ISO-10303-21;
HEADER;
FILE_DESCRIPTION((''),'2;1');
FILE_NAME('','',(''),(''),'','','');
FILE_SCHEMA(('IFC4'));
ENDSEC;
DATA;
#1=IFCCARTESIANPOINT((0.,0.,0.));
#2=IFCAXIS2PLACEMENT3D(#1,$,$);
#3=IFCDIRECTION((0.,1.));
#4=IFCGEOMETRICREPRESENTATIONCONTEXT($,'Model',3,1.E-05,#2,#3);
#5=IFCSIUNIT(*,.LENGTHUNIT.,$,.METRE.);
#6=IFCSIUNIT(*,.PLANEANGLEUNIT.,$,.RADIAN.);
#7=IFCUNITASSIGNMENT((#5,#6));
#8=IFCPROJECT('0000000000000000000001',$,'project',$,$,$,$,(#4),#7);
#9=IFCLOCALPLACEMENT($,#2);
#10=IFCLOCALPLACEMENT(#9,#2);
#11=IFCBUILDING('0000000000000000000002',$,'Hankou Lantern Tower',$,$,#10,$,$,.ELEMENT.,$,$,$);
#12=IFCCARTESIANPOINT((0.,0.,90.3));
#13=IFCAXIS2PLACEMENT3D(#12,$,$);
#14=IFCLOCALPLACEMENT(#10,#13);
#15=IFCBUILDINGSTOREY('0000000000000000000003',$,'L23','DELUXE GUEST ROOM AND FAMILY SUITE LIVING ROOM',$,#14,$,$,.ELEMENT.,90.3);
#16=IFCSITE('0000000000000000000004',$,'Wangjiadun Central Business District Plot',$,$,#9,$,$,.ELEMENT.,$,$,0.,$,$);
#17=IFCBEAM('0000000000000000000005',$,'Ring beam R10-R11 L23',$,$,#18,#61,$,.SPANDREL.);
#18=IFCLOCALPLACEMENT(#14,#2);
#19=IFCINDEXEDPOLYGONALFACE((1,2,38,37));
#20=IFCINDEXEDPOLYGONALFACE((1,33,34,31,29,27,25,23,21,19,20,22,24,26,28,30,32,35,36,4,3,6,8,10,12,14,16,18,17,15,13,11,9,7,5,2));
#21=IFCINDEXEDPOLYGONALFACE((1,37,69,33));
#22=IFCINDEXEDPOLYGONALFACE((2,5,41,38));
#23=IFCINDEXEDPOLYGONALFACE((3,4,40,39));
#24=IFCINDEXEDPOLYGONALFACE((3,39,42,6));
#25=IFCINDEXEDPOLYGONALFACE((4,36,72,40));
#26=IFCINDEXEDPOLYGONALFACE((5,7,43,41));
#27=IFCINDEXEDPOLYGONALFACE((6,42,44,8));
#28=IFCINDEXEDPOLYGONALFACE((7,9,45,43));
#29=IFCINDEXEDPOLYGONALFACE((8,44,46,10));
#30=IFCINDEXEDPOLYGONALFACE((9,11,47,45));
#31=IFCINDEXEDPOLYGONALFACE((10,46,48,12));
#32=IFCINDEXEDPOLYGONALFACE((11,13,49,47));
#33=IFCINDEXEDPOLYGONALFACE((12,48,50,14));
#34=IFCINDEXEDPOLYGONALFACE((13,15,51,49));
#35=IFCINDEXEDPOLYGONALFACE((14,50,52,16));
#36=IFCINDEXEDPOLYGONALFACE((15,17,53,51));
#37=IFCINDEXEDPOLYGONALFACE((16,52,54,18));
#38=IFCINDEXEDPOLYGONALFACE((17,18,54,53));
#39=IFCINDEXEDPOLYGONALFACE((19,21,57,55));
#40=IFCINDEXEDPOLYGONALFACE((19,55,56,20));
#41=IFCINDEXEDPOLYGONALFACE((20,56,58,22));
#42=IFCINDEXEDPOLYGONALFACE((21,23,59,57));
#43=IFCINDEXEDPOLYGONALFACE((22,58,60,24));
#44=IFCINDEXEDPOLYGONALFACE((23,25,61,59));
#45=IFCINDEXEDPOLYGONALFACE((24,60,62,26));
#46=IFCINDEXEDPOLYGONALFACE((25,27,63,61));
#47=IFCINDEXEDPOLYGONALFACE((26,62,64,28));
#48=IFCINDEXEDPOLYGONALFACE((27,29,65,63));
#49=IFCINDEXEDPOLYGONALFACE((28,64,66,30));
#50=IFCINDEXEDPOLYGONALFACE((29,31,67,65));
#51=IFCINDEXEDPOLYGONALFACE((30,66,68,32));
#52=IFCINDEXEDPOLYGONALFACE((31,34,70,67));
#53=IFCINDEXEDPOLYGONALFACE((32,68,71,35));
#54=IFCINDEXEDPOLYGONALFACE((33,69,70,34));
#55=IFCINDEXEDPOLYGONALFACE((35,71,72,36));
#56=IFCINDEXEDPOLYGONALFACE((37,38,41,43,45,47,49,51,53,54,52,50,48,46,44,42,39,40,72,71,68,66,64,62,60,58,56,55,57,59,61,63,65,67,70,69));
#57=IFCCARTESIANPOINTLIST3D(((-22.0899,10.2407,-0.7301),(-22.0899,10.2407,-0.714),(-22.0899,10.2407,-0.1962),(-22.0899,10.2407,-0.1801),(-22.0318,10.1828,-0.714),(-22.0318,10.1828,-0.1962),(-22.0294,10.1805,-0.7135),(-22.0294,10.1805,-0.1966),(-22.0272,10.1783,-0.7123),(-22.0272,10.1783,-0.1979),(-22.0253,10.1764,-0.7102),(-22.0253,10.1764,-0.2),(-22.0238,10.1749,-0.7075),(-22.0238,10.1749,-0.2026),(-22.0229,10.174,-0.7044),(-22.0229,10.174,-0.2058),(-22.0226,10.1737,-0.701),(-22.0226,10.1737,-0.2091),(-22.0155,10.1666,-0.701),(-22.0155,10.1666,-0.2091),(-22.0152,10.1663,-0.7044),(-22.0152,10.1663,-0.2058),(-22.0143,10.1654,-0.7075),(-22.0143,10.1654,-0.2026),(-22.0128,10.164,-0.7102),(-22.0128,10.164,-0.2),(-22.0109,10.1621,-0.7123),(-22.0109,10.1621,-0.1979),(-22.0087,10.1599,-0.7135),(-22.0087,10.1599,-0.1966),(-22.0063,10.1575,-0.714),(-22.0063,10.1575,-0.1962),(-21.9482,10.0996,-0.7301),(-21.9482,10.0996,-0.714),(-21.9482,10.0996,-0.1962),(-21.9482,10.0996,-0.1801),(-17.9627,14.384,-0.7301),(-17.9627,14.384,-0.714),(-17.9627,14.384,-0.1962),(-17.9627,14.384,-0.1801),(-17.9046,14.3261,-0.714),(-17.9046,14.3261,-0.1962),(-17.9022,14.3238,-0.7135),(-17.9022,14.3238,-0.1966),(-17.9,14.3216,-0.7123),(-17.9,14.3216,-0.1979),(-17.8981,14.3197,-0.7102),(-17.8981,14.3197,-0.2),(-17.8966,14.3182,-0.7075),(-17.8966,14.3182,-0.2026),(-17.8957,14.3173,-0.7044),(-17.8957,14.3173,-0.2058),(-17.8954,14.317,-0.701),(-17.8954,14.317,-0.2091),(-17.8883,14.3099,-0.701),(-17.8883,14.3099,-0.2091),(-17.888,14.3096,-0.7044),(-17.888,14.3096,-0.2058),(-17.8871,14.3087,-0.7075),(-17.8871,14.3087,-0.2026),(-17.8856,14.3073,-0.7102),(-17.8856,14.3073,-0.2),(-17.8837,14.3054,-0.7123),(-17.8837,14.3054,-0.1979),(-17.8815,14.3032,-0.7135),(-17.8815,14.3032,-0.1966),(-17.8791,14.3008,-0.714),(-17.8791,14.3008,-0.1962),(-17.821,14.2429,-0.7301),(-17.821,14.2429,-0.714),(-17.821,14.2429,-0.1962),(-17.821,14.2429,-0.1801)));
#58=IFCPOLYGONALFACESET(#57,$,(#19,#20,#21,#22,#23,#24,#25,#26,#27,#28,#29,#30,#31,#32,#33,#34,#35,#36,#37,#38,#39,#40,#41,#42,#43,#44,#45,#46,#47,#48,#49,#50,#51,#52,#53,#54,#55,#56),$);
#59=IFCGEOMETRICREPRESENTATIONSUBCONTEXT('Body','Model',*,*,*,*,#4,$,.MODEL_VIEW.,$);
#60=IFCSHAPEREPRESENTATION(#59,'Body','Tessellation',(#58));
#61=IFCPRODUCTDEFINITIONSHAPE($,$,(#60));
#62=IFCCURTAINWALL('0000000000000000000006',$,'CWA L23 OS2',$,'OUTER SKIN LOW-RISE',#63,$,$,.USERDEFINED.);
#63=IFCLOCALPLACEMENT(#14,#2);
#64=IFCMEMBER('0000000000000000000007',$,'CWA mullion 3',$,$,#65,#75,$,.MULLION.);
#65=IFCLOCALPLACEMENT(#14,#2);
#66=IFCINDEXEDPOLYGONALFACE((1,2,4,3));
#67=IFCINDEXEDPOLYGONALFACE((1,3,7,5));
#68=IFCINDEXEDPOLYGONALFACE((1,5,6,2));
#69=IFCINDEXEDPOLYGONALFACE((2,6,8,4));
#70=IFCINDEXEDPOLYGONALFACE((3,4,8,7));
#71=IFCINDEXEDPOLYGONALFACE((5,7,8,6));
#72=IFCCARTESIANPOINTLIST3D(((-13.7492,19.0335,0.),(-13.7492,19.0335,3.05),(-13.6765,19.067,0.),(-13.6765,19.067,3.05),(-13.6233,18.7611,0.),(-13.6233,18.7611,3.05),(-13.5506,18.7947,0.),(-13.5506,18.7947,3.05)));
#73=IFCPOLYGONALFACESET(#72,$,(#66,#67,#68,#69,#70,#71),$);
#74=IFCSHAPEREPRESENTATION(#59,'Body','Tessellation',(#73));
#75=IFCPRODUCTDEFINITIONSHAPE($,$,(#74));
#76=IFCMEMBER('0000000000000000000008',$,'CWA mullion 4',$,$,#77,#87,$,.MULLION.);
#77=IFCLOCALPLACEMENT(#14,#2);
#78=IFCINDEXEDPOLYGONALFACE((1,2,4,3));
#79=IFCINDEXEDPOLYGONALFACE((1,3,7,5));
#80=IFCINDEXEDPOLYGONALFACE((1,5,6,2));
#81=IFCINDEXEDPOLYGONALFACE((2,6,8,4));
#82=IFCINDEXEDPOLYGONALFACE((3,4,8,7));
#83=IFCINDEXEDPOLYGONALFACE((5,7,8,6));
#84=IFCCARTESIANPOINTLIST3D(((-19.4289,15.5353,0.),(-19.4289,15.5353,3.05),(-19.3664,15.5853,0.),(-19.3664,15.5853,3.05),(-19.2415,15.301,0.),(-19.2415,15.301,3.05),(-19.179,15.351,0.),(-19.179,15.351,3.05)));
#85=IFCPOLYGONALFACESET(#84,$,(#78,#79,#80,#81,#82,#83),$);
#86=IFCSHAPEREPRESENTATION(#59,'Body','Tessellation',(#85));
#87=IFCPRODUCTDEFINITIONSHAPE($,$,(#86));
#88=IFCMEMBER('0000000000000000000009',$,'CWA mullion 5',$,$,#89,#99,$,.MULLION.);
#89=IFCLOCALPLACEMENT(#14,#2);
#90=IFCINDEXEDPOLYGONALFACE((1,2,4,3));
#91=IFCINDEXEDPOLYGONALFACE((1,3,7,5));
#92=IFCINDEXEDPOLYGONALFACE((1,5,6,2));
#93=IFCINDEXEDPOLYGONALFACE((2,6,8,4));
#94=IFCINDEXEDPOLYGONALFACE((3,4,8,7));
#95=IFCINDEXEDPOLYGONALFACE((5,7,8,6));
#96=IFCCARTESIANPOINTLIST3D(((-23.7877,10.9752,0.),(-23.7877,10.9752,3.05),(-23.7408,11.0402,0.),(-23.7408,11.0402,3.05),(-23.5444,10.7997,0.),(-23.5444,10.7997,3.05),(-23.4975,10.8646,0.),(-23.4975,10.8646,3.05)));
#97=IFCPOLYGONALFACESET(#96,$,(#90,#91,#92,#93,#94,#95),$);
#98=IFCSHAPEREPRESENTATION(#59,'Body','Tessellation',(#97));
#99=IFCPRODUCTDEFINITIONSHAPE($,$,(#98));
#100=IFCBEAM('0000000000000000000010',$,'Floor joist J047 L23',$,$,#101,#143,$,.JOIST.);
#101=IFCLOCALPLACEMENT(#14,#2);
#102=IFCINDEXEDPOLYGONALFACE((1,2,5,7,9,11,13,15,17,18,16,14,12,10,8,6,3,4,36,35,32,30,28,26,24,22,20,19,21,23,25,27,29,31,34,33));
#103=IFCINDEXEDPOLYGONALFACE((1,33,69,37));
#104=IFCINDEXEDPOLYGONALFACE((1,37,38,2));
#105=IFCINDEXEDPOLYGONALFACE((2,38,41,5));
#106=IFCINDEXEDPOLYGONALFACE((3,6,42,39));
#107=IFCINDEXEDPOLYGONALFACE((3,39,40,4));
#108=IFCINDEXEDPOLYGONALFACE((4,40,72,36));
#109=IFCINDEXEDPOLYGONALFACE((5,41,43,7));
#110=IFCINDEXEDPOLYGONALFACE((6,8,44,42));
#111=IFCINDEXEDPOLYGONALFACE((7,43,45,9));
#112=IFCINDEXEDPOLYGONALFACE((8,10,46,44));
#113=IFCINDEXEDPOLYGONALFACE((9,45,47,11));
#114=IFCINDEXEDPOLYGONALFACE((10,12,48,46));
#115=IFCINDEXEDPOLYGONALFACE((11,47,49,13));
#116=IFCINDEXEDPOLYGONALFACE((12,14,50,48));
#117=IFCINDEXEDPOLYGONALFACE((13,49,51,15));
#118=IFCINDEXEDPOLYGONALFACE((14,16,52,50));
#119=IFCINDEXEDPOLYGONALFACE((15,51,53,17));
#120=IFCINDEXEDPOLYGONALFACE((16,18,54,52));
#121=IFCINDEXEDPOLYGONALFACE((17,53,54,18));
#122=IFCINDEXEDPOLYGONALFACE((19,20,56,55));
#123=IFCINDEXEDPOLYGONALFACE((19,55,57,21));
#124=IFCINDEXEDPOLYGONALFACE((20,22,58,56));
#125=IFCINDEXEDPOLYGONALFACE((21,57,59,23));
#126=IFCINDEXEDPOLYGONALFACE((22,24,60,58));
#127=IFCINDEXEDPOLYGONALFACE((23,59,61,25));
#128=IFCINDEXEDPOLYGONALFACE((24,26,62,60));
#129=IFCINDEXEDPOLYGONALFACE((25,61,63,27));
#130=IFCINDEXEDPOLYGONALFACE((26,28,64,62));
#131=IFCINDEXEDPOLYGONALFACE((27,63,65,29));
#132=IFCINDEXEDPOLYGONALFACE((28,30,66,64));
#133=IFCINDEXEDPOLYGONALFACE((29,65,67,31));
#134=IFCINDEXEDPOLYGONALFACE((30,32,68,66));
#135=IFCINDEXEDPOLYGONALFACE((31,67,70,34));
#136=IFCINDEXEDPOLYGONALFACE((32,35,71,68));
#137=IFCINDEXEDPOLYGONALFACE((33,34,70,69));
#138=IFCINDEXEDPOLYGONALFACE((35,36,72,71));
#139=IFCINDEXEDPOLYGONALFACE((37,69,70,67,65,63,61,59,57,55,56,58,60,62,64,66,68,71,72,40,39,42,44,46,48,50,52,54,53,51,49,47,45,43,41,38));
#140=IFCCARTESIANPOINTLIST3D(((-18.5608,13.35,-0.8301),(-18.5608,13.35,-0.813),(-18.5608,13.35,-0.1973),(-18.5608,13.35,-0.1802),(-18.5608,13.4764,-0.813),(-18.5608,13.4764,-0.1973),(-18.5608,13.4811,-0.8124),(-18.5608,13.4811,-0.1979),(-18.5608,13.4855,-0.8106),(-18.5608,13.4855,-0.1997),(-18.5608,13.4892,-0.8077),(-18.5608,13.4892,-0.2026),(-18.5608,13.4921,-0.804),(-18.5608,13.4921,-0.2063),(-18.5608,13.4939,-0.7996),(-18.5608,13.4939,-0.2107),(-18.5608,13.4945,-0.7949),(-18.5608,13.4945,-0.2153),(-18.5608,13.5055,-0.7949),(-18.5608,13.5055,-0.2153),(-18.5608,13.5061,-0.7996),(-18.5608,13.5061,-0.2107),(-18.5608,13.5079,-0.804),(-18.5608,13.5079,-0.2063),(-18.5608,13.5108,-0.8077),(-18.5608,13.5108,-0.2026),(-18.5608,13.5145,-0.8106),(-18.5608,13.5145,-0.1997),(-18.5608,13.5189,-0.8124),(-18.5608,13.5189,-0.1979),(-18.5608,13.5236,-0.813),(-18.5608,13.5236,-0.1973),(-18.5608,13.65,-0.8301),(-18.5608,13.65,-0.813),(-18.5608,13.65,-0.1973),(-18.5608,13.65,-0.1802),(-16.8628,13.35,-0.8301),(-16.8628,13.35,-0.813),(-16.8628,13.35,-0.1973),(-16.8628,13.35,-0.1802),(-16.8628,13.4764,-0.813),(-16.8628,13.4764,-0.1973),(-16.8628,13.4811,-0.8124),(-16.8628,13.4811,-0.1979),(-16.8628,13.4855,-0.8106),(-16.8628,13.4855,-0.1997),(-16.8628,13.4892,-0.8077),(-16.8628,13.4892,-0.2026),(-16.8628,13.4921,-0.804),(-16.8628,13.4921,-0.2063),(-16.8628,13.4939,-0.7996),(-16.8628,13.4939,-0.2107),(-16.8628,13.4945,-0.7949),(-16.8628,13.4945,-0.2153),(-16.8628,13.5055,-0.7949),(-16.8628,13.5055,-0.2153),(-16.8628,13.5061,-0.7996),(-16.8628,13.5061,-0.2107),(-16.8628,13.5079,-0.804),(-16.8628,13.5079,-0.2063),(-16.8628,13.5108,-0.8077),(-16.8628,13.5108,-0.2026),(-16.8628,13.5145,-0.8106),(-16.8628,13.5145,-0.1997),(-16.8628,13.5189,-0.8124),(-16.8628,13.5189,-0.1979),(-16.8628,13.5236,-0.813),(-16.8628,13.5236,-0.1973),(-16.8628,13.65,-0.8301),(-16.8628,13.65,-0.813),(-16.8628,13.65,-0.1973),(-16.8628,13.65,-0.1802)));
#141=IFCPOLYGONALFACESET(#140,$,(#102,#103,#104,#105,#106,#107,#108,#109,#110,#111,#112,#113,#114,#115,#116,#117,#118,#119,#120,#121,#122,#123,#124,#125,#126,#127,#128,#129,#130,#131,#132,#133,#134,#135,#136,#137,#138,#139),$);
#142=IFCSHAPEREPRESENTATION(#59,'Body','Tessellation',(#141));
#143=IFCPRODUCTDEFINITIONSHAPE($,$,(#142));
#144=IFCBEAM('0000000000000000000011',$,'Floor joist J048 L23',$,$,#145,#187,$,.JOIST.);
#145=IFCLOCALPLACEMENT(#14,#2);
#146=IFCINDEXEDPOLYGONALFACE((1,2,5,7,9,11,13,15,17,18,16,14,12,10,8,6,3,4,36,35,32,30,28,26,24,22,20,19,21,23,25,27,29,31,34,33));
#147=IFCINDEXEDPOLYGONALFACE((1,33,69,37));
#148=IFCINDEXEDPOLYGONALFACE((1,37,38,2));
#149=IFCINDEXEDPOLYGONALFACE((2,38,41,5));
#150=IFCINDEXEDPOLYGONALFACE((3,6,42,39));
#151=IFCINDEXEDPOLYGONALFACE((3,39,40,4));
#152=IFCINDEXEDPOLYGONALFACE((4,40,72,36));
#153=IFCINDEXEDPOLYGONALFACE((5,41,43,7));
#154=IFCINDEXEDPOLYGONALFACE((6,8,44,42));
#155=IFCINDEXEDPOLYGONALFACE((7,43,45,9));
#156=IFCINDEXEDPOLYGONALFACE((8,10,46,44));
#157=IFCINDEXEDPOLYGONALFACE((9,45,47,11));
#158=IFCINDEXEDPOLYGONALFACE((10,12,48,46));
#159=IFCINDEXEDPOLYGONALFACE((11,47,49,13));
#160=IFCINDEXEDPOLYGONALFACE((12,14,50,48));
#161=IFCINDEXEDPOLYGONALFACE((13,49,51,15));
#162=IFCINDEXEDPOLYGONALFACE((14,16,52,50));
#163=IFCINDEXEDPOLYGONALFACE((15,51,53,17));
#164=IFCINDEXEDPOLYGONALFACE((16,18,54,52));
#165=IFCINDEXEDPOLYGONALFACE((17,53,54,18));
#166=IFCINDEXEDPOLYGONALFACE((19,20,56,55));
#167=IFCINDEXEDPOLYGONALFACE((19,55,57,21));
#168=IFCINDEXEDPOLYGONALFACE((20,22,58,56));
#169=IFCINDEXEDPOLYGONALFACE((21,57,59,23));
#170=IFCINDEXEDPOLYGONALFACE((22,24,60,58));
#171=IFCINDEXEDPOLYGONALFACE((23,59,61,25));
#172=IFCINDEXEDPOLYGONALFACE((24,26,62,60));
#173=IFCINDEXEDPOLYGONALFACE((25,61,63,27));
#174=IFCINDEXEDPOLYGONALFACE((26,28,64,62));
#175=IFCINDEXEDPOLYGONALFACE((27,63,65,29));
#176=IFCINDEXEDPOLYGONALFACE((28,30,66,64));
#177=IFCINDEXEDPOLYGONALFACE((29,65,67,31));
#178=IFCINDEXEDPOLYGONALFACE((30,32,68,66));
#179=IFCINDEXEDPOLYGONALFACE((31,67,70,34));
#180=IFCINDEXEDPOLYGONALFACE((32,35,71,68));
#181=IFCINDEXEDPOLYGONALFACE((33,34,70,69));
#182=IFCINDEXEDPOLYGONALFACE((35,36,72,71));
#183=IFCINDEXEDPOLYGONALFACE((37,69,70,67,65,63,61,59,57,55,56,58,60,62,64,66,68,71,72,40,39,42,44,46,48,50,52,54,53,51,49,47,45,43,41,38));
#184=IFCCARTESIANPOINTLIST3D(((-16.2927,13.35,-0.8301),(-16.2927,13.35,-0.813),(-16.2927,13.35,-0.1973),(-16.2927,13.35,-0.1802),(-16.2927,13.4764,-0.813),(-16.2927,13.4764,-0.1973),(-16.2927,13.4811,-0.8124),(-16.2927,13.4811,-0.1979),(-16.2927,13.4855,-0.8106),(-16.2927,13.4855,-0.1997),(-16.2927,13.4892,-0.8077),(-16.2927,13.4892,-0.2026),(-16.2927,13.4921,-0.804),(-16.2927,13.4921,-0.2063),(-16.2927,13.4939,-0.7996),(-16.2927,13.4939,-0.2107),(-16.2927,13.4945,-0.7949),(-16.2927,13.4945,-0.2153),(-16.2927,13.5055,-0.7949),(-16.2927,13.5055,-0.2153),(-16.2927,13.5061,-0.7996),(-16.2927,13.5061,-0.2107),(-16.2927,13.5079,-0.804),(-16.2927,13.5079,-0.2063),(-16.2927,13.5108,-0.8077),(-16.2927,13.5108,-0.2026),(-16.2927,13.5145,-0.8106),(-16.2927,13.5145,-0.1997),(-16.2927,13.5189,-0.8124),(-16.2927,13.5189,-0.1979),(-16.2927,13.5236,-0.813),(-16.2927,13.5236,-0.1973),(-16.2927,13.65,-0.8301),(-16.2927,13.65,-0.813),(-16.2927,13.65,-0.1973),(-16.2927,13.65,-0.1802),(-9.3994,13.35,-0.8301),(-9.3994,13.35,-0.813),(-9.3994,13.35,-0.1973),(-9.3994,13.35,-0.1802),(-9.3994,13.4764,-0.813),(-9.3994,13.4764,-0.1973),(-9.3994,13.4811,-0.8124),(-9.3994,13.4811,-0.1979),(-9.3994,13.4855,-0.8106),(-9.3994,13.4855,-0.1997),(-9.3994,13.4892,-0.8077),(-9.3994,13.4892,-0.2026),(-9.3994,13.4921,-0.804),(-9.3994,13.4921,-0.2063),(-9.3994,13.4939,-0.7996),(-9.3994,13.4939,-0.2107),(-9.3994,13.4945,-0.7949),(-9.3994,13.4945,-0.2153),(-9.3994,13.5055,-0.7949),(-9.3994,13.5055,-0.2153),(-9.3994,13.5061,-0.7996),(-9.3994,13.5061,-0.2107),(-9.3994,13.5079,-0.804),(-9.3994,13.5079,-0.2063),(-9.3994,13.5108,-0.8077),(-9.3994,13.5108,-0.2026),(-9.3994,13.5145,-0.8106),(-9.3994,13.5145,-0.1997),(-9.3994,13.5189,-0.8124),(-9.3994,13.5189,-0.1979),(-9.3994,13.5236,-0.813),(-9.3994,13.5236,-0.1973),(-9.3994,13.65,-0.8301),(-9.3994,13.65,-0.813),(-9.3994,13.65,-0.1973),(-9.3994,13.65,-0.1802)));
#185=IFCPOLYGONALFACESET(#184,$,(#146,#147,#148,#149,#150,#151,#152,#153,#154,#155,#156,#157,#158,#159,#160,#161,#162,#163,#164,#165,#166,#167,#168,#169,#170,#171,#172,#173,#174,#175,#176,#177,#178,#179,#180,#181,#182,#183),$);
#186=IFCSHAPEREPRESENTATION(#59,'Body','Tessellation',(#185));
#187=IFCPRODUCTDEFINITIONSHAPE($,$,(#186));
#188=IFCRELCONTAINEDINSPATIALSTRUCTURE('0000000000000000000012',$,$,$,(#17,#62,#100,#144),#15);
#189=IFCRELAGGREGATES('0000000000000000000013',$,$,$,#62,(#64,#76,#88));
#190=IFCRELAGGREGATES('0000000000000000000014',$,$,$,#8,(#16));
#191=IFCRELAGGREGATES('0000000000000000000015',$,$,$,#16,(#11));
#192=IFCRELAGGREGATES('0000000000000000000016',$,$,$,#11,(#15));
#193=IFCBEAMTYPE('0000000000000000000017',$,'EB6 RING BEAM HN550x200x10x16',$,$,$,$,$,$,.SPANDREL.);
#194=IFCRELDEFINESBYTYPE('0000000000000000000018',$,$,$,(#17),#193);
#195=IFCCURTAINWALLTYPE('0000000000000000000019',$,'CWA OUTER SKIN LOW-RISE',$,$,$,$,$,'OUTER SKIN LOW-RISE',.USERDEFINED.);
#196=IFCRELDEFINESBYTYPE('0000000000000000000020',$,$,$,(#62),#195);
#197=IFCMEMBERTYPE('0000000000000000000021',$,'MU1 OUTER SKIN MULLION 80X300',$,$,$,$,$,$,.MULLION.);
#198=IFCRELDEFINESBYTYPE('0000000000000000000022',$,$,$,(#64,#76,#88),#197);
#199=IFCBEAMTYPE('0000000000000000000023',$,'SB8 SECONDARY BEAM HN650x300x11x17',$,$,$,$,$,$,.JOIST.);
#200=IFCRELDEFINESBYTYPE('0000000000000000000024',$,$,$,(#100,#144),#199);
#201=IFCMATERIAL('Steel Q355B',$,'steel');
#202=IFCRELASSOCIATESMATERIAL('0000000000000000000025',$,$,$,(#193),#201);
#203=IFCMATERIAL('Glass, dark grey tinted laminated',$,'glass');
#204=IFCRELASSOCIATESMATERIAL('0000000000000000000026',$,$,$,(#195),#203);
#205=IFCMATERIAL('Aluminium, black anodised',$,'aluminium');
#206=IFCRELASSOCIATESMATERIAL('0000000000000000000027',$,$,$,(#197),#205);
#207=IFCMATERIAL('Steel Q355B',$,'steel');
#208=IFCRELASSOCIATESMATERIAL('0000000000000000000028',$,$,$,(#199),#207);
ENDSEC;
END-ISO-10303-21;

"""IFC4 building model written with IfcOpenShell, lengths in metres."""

from ifc_helpers import new_model, si_unit, direction, frame, origin, origin_2d, place, context, subcontext, project, spatial, rectangle, i_section, extrude, material, material_profile, profile_set, type_object, element, aggregate, save


model = new_model("IFC4")

# Units and contexts
model_context = context("Model", 3, precision=1e-05, world=origin(), true_north=direction((0.0, 1.0)))
body_context = subcontext(model_context, "Body", "Model", "MODEL_VIEW")
ifc_project = project(units=[si_unit("LENGTHUNIT", "METRE"), si_unit("PLANEANGLEUNIT", "RADIAN")], contexts=[model_context])

# Site, building, storey
site_placement = place(None, origin())
site = spatial("IfcSite", under=ifc_project, at=site_placement, Name="Wangjiadun Central Business District Plot", CompositionType="ELEMENT", RefElevation=0.0)
building_placement = place(site_placement, origin())
building = spatial("IfcBuilding", under=site, at=building_placement, Name="Hankou Lantern Tower", CompositionType="ELEMENT")
storey_placement = place(building_placement, frame((0.0, 0.0, 90.3)))
storey = spatial("IfcBuildingStorey", under=building, at=storey_placement, Name="L23", Description="DELUXE GUEST ROOM AND FAMILY SUITE LIVING ROOM", CompositionType="ELEMENT", Elevation=90.3)

# Beam
ifc_material_1 = material(Name="Steel Q355B", Category="steel")
ifc_material_profile_1 = material_profile(ifc_material_1, i_section(OverallWidth=0.2, OverallDepth=0.55, WebThickness=0.01, FlangeThickness=0.0161, FilletRadius=0.0129, at=origin_2d()), Name="HN550x200x10x16")
ifc_profile_set_1 = profile_set([ifc_material_profile_1], Name="Steel Q355B")
beam_type_1 = type_object("IfcBeamType", Name="EB6 RING BEAM HN550x200x10x16", PredefinedType="SPANDREL", material=ifc_profile_set_1)
beam_1_placement = place(storey_placement, frame((-17.8918, 14.3135, -0.4551), z_axis=(-0.705728, -0.708483, 0.0), x_axis=(0.708483, -0.705728, 0.0)))
element("IfcBeam", 1, at=beam_1_placement, inside=storey, type_object=beam_type_1, Name="Ring beam R10-R11 L23", PredefinedType="SPANDREL", context=body_context, shape_type="SweptSolid", body=[
    extrude(i_section(OverallWidth=0.2, OverallDepth=0.55, WebThickness=0.01, FlangeThickness=0.0161, FilletRadius=0.0129, at=origin_2d()), origin(), (0.0, 0.0, 1.0), 5.8481),
])

# Curtain wall, members
ifc_material_2 = material(Name="Glass, dark grey tinted laminated", Category="glass")
curtain_wall_type = type_object("IfcCurtainWallType", Name="CWA OUTER SKIN LOW-RISE", ElementType="OUTER SKIN LOW-RISE", PredefinedType="USERDEFINED", material=ifc_material_2)
curtain_wall_placement = place(storey_placement, origin())
curtain_wall = element("IfcCurtainWall", 2, at=curtain_wall_placement, inside=storey, type_object=curtain_wall_type, Name="CWA L23 OS2", ObjectType="OUTER SKIN LOW-RISE", PredefinedType="USERDEFINED")
ifc_material_3 = material(Name="Aluminium, black anodised", Category="aluminium")
ifc_material_profile_2 = material_profile(ifc_material_3, rectangle(XDim=0.0801, YDim=0.3, at=origin_2d()), Name="MU1 80X300")
ifc_profile_set_2 = profile_set([ifc_material_profile_2], Name="Aluminium, black anodised")
member_type_1 = type_object("IfcMemberType", Name="MU1 OUTER SKIN MULLION 80X300", PredefinedType="MULLION", material=ifc_profile_set_2)
member_1_placement = place(storey_placement, frame((-13.6499, 18.9141, 0.0), z_axis=(0.0, 0.0, 1.0), x_axis=(-0.907841, -0.419314, 0.0)))
member_1 = element("IfcMember", 3, at=member_1_placement, type_object=member_type_1, Name="CWA mullion 3", PredefinedType="MULLION", context=body_context, shape_type="SweptSolid", body=[
    extrude(rectangle(XDim=0.0801, YDim=0.3, at=origin_2d()), origin(), (0.0, 0.0, 1.0), 3.05),
])
member_2_placement = place(storey_placement, frame((-19.304, 15.4431, 0.0), z_axis=(0.0, 0.0, 1.0), x_axis=(-0.780869, -0.624695, 0.0)))
member_2 = element("IfcMember", 4, at=member_2_placement, type_object=member_type_1, Name="CWA mullion 4", PredefinedType="MULLION", context=body_context, shape_type="SweptSolid", body=[
    extrude(rectangle(XDim=0.0801, YDim=0.3, at=origin_2d()), origin(), (0.0, 0.0, 1.0), 3.05),
])
member_3_placement = place(storey_placement, frame((-23.6426, 10.9199, 0.0), z_axis=(0.0, 0.0, 1.0), x_axis=(-0.585206, -0.810885, 0.0)))
member_3 = element("IfcMember", 5, at=member_3_placement, type_object=member_type_1, Name="CWA mullion 5", PredefinedType="MULLION", context=body_context, shape_type="SweptSolid", body=[
    extrude(rectangle(XDim=0.0801, YDim=0.3, at=origin_2d()), origin(), (0.0, 0.0, 1.0), 3.05),
])

# Beams
ifc_material_4 = material(Name="Steel Q355B", Category="steel")
ifc_material_profile_3 = material_profile(ifc_material_4, i_section(OverallWidth=0.3, OverallDepth=0.6499, WebThickness=0.011, FlangeThickness=0.0171, FilletRadius=0.0181, at=origin_2d()), Name="HN650x300x11x17")
ifc_profile_set_3 = profile_set([ifc_material_profile_3], Name="Steel Q355B")
beam_type_2 = type_object("IfcBeamType", Name="SB8 SECONDARY BEAM HN650x300x11x17", PredefinedType="JOIST", material=ifc_profile_set_3)
beam_2_placement = place(storey_placement, frame((-18.5608, 13.5, -0.5051), z_axis=(1.0, 0.0, 0.0), x_axis=(0.0, 1.0, 0.0)))
element("IfcBeam", 6, at=beam_2_placement, inside=storey, type_object=beam_type_2, Name="Floor joist J047 L23", PredefinedType="JOIST", context=body_context, shape_type="SweptSolid", body=[
    extrude(i_section(OverallWidth=0.3, OverallDepth=0.6499, WebThickness=0.011, FlangeThickness=0.0171, FilletRadius=0.0181, at=origin_2d()), origin(), (0.0, 0.0, 1.0), 1.698),
])
beam_3_placement = place(storey_placement, frame((-16.2927, 13.5, -0.5051), z_axis=(1.0, 0.0, 0.0), x_axis=(0.0, 1.0, 0.0)))
element("IfcBeam", 7, at=beam_3_placement, inside=storey, type_object=beam_type_2, Name="Floor joist J048 L23", PredefinedType="JOIST", context=body_context, shape_type="SweptSolid", body=[
    extrude(i_section(OverallWidth=0.3, OverallDepth=0.6499, WebThickness=0.011, FlangeThickness=0.0171, FilletRadius=0.0181, at=origin_2d()), origin(), (0.0, 0.0, 1.0), 6.8933),
])

aggregate(curtain_wall, [member_1, member_2, member_3])

save(model, "model.ifc")
